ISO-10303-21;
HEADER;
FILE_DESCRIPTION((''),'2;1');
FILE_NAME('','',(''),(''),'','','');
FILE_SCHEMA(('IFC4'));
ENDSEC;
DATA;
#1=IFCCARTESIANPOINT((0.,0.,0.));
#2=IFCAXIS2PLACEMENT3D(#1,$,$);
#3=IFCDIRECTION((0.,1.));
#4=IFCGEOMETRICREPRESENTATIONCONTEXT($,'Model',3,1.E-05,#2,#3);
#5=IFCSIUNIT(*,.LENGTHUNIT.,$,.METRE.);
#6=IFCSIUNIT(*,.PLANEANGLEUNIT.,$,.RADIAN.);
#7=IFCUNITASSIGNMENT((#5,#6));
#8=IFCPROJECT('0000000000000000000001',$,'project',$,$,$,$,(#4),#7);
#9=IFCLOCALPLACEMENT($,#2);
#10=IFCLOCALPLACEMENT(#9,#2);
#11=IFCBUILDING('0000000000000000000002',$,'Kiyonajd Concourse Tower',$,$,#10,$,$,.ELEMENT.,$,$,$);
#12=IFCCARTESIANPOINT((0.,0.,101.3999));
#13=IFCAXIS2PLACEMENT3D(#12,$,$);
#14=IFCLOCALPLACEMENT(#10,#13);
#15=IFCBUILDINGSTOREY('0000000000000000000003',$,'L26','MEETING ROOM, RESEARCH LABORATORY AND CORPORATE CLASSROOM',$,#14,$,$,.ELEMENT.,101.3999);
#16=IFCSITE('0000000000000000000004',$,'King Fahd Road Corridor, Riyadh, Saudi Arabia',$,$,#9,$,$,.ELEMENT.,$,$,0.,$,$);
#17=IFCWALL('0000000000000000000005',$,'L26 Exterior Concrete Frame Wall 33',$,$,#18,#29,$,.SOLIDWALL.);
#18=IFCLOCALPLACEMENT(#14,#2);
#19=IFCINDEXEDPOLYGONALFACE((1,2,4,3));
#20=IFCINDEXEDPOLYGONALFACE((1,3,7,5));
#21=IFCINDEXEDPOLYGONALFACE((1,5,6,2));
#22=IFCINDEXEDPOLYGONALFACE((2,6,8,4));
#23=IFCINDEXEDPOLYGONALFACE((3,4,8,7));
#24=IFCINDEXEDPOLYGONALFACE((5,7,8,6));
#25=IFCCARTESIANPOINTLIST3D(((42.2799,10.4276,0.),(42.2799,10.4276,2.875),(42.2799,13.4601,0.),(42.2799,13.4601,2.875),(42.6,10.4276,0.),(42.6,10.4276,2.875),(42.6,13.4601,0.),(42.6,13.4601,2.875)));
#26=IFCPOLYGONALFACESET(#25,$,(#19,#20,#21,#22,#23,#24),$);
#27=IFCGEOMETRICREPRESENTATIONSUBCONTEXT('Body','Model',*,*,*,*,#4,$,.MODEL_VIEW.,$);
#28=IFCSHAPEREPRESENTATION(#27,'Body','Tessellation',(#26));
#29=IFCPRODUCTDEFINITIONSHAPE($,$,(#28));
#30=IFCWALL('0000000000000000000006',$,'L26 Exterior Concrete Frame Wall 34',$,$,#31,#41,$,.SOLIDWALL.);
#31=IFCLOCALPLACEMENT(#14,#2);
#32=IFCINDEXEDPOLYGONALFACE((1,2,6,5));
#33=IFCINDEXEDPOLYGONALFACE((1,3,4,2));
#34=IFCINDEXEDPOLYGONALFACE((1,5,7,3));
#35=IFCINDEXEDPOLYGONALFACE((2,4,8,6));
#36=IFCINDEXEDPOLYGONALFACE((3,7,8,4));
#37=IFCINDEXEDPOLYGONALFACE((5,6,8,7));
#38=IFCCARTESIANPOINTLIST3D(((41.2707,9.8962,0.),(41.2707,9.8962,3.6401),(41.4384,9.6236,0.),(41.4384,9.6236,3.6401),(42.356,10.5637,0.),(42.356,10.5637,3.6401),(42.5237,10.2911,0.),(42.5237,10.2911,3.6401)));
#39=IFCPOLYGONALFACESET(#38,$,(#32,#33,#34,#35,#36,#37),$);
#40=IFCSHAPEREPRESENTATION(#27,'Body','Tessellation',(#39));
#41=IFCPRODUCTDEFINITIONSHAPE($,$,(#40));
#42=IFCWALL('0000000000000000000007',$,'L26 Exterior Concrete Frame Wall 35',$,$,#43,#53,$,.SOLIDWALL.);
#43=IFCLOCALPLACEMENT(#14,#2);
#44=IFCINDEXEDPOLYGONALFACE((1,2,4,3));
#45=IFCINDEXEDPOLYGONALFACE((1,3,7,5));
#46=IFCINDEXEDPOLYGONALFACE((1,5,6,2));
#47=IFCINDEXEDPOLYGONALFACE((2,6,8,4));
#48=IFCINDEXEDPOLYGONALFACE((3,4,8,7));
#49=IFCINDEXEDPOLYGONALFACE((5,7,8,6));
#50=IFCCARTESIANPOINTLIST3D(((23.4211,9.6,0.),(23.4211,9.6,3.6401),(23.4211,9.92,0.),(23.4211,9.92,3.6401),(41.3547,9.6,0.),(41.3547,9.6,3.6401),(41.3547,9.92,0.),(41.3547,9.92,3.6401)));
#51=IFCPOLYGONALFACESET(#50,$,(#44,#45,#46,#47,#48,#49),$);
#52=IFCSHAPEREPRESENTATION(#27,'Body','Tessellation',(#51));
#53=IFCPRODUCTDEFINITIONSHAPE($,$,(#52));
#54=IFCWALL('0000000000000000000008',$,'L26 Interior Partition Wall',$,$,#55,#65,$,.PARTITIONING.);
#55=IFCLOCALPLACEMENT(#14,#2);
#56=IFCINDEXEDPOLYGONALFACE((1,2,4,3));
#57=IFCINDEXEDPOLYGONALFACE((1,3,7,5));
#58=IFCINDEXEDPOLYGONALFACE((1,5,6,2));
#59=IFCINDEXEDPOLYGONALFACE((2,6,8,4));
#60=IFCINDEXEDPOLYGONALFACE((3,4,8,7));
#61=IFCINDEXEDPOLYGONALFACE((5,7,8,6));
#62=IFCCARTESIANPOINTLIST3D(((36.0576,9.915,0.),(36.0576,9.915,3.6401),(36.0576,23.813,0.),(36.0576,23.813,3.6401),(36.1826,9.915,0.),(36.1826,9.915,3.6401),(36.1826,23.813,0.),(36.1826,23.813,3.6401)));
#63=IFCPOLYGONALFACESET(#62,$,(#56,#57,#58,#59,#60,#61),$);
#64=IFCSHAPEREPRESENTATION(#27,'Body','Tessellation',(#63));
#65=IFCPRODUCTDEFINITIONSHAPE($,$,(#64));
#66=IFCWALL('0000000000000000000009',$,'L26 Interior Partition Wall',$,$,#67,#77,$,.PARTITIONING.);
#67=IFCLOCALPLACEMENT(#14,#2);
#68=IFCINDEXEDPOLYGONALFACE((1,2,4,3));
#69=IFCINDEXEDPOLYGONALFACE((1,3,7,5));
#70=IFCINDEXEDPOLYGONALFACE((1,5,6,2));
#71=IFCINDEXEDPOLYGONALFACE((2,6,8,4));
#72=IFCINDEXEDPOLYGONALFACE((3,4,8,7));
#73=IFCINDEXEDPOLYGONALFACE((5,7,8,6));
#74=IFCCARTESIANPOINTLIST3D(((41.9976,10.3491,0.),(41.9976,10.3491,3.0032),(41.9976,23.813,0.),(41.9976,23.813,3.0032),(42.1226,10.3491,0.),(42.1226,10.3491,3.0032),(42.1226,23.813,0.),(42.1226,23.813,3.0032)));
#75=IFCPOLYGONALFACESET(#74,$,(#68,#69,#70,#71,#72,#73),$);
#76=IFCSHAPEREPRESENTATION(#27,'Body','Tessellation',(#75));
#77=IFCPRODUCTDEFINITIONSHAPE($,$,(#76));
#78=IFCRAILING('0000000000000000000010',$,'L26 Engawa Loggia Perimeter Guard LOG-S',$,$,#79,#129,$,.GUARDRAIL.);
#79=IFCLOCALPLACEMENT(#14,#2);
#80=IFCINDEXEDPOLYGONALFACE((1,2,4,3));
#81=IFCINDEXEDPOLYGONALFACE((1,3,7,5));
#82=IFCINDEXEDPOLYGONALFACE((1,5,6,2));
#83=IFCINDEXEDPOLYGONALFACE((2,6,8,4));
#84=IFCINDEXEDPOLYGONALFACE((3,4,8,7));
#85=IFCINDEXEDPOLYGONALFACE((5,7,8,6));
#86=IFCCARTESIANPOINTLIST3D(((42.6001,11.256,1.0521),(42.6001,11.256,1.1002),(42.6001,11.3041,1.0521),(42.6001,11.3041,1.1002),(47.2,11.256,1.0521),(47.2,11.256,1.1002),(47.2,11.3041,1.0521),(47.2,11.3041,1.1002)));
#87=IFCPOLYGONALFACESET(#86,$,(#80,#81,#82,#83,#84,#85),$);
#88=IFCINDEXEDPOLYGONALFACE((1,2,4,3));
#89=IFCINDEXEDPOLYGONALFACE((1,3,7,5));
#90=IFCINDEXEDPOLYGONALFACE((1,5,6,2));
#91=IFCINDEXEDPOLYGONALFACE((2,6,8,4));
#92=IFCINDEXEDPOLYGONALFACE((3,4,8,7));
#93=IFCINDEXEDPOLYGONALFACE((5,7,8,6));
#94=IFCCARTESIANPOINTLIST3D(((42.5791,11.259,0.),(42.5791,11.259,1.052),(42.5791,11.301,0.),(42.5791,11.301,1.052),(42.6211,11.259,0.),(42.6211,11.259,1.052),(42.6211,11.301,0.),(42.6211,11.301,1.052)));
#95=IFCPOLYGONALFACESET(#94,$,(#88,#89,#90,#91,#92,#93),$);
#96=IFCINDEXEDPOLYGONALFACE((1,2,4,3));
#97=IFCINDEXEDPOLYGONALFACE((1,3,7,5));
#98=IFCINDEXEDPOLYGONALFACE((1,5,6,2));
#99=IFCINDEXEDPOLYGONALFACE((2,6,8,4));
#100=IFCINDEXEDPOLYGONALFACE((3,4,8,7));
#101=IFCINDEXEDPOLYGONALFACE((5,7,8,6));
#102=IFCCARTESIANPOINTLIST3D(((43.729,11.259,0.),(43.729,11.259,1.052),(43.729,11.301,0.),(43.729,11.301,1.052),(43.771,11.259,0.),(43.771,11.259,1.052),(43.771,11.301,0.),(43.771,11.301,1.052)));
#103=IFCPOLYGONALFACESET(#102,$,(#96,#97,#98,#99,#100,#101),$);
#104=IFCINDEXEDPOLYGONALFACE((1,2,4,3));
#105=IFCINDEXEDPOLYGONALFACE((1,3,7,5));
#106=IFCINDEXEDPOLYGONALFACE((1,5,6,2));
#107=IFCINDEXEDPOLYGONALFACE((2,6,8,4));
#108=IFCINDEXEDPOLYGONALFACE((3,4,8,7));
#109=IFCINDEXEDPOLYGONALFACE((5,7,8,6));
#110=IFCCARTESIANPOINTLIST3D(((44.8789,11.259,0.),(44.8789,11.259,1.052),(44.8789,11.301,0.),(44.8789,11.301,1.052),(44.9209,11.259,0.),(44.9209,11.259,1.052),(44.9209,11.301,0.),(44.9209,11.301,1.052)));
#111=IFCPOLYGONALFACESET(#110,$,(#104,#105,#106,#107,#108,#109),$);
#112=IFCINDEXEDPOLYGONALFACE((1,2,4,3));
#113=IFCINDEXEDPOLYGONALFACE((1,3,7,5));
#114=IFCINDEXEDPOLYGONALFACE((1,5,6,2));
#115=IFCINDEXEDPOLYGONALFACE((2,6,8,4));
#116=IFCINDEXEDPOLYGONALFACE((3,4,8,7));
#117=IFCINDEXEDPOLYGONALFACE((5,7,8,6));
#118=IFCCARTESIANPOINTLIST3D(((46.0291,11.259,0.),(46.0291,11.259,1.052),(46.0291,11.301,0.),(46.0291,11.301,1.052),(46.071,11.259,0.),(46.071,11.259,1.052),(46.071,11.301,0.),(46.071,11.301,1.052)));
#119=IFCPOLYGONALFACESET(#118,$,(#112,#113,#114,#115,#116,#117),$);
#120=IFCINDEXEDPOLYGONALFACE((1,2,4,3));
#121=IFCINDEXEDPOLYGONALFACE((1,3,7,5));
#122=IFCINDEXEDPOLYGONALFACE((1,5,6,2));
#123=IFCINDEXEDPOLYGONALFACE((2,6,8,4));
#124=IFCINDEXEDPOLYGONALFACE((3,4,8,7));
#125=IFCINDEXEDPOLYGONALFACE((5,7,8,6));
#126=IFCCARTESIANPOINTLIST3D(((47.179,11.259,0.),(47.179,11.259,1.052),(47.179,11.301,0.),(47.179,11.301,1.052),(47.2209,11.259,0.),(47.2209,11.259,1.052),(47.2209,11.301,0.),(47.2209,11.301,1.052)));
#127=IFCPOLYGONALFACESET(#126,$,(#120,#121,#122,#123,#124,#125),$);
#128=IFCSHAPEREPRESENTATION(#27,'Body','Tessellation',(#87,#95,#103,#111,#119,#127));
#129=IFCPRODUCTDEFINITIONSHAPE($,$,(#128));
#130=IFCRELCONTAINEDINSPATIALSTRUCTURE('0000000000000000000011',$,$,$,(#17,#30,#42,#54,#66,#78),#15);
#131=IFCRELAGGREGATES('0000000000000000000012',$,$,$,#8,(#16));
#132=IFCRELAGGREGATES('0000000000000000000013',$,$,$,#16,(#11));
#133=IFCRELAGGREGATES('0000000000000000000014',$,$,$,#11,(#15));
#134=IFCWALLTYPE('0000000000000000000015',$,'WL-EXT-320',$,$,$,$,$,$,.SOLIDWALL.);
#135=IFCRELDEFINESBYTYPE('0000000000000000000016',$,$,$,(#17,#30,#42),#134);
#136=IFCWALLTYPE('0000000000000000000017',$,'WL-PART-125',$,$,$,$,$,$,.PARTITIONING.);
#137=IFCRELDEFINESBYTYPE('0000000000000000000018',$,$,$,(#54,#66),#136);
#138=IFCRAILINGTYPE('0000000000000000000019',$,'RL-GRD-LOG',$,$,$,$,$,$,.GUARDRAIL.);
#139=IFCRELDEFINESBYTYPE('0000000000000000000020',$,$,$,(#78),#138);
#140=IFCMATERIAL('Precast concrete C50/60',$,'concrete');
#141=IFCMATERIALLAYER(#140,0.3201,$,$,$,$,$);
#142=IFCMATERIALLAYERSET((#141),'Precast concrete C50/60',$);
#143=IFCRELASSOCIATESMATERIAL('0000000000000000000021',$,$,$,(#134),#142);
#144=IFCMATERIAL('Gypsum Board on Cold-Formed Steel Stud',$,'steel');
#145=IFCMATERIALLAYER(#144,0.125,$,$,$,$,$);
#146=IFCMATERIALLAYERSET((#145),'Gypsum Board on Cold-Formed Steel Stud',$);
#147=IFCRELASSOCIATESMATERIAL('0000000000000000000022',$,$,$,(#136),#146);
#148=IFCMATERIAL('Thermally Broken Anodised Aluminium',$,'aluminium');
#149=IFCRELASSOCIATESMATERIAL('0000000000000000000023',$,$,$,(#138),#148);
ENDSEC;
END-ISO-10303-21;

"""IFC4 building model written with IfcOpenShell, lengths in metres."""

from ifc_helpers import new_model, si_unit, direction, frame, frame_2d, origin, origin_2d, place, context, subcontext, project, spatial, rectangle, extrude, material, layer, layer_set, type_object, element, save


model = new_model("IFC4")

# Units and contexts
model_context = context("Model", 3, precision=1e-05, world=origin(), true_north=direction((0.0, 1.0)))
body_context = subcontext(model_context, "Body", "Model", "MODEL_VIEW")
ifc_project = project(units=[si_unit("LENGTHUNIT", "METRE"), si_unit("PLANEANGLEUNIT", "RADIAN")], contexts=[model_context])

# Site, building, storey
site_placement = place(None, origin())
site = spatial("IfcSite", under=ifc_project, at=site_placement, Name="King Fahd Road Corridor, Riyadh, Saudi Arabia", CompositionType="ELEMENT", RefElevation=0.0)
building_placement = place(site_placement, origin())
building = spatial("IfcBuilding", under=site, at=building_placement, Name="Kiyonajd Concourse Tower", CompositionType="ELEMENT")
storey_placement = place(building_placement, frame((0.0, 0.0, 101.3999)))
storey = spatial("IfcBuildingStorey", under=building, at=storey_placement, Name="L26", Description="MEETING ROOM, RESEARCH LABORATORY AND CORPORATE CLASSROOM", CompositionType="ELEMENT", Elevation=101.3999)

# Shared definitions
ifc_material_1 = material(Name="Precast concrete C50/60", Category="concrete")

# Shared definitions
ifc_material_2 = material(Name="Thermally Broken Anodised Aluminium", Category="aluminium")

# Walls
ifc_layer_1 = layer(ifc_material_1, 0.3201)
ifc_layer_set_1 = layer_set([ifc_layer_1], Name="Precast concrete C50/60")
wall_type_1 = type_object("IfcWallType", Name="WL-EXT-320", PredefinedType="SOLIDWALL", material=ifc_layer_set_1)
wall_1_placement = place(storey_placement, frame((42.4399, 13.46, 0.0), z_axis=(0.0, 0.0, 1.0), x_axis=(0.0, -1.0, 0.0)))
element("IfcWall", 1, at=wall_1_placement, inside=storey, type_object=wall_type_1, Name="L26 Exterior Concrete Frame Wall 33", PredefinedType="SOLIDWALL", context=body_context, shape_type="SweptSolid", body=[
    extrude(rectangle(XDim=3.0325, YDim=0.3201, at=frame_2d((1.5161, 0.0))), origin(), (0.0, 0.0, 1.0), 2.875),
])
wall_2_placement = place(storey_placement, frame((42.4399, 10.4275, 0.0), z_axis=(0.0, 0.0, 1.0), x_axis=(-0.851777, -0.523905, 0.0)))
element("IfcWall", 2, at=wall_2_placement, inside=storey, type_object=wall_type_1, Name="L26 Exterior Concrete Frame Wall 34", PredefinedType="SOLIDWALL", context=body_context, shape_type="SweptSolid", body=[
    extrude(rectangle(XDim=1.2742, YDim=0.3201, at=frame_2d((0.6372, 0.0))), origin(), (0.0, 0.0, 1.0), 3.6401),
])
wall_3_placement = place(storey_placement, frame((41.3547, 9.76, 0.0), z_axis=(0.0, 0.0, 1.0), x_axis=(-1.0, 0.0, 0.0)))
element("IfcWall", 3, at=wall_3_placement, inside=storey, type_object=wall_type_1, Name="L26 Exterior Concrete Frame Wall 35", PredefinedType="SOLIDWALL", context=body_context, shape_type="SweptSolid", body=[
    extrude(rectangle(XDim=17.9336, YDim=0.3201, at=frame_2d((8.9668, 0.0))), origin(), (0.0, 0.0, 1.0), 3.6401),
])
ifc_material_3 = material(Name="Gypsum Board on Cold-Formed Steel Stud", Category="steel")
ifc_layer_2 = layer(ifc_material_3, 0.125)
ifc_layer_set_2 = layer_set([ifc_layer_2], Name="Gypsum Board on Cold-Formed Steel Stud")
wall_type_2 = type_object("IfcWallType", Name="WL-PART-125", PredefinedType="PARTITIONING", material=ifc_layer_set_2)
wall_4_placement = place(storey_placement, frame((36.1201, 9.915, 0.0), z_axis=(0.0, 0.0, 1.0), x_axis=(0.0, 1.0, 0.0)))
element("IfcWall", 4, at=wall_4_placement, inside=storey, type_object=wall_type_2, Name="L26 Interior Partition Wall", PredefinedType="PARTITIONING", context=body_context, shape_type="SweptSolid", body=[
    extrude(rectangle(XDim=13.8979, YDim=0.125, at=frame_2d((6.949, 0.0))), origin(), (0.0, 0.0, 1.0), 3.6401),
])
wall_5_placement = place(storey_placement, frame((42.0601, 10.3491, 0.0), z_axis=(0.0, 0.0, 1.0), x_axis=(0.0, 1.0, 0.0)))
element("IfcWall", 5, at=wall_5_placement, inside=storey, type_object=wall_type_2, Name="L26 Interior Partition Wall", PredefinedType="PARTITIONING", context=body_context, shape_type="SweptSolid", body=[
    extrude(rectangle(XDim=13.4639, YDim=0.125, at=frame_2d((6.7319, 0.0))), origin(), (0.0, 0.0, 1.0), 3.0032),
])

# Railing
railing_type = type_object("IfcRailingType", Name="RL-GRD-LOG", PredefinedType="GUARDRAIL", material=ifc_material_2)
railing_placement = place(storey_placement, frame((42.6001, 11.28, 0.0)))
element("IfcRailing", 6, at=railing_placement, inside=storey, type_object=railing_type, Name="L26 Engawa Loggia Perimeter Guard LOG-S", PredefinedType="GUARDRAIL", context=body_context, shape_type="SweptSolid", body=[
    extrude(rectangle(XDim=0.0481, YDim=0.0481, at=origin_2d()), frame((0.0, 0.0, 1.0762), z_axis=(1.0, 0.0, 0.0), x_axis=(0.0, 1.0, 0.0)), (0.0, 0.0, 1.0), 4.5999),
    extrude(rectangle(XDim=0.042, YDim=0.042, at=origin_2d()), origin(), (0.0, 0.0, 1.0), 1.052),
    extrude(rectangle(XDim=0.042, YDim=0.042, at=origin_2d()), frame((1.1499, 0.0, 0.0)), (0.0, 0.0, 1.0), 1.052),
    extrude(rectangle(XDim=0.042, YDim=0.042, at=origin_2d()), frame((2.2998, 0.0, 0.0)), (0.0, 0.0, 1.0), 1.052),
    extrude(rectangle(XDim=0.042, YDim=0.042, at=origin_2d()), frame((3.45, 0.0, 0.0)), (0.0, 0.0, 1.0), 1.052),
    extrude(rectangle(XDim=0.042, YDim=0.042, at=origin_2d()), frame((4.5999, 0.0, 0.0)), (0.0, 0.0, 1.0), 1.052),
])

save(model, "model.ifc")
